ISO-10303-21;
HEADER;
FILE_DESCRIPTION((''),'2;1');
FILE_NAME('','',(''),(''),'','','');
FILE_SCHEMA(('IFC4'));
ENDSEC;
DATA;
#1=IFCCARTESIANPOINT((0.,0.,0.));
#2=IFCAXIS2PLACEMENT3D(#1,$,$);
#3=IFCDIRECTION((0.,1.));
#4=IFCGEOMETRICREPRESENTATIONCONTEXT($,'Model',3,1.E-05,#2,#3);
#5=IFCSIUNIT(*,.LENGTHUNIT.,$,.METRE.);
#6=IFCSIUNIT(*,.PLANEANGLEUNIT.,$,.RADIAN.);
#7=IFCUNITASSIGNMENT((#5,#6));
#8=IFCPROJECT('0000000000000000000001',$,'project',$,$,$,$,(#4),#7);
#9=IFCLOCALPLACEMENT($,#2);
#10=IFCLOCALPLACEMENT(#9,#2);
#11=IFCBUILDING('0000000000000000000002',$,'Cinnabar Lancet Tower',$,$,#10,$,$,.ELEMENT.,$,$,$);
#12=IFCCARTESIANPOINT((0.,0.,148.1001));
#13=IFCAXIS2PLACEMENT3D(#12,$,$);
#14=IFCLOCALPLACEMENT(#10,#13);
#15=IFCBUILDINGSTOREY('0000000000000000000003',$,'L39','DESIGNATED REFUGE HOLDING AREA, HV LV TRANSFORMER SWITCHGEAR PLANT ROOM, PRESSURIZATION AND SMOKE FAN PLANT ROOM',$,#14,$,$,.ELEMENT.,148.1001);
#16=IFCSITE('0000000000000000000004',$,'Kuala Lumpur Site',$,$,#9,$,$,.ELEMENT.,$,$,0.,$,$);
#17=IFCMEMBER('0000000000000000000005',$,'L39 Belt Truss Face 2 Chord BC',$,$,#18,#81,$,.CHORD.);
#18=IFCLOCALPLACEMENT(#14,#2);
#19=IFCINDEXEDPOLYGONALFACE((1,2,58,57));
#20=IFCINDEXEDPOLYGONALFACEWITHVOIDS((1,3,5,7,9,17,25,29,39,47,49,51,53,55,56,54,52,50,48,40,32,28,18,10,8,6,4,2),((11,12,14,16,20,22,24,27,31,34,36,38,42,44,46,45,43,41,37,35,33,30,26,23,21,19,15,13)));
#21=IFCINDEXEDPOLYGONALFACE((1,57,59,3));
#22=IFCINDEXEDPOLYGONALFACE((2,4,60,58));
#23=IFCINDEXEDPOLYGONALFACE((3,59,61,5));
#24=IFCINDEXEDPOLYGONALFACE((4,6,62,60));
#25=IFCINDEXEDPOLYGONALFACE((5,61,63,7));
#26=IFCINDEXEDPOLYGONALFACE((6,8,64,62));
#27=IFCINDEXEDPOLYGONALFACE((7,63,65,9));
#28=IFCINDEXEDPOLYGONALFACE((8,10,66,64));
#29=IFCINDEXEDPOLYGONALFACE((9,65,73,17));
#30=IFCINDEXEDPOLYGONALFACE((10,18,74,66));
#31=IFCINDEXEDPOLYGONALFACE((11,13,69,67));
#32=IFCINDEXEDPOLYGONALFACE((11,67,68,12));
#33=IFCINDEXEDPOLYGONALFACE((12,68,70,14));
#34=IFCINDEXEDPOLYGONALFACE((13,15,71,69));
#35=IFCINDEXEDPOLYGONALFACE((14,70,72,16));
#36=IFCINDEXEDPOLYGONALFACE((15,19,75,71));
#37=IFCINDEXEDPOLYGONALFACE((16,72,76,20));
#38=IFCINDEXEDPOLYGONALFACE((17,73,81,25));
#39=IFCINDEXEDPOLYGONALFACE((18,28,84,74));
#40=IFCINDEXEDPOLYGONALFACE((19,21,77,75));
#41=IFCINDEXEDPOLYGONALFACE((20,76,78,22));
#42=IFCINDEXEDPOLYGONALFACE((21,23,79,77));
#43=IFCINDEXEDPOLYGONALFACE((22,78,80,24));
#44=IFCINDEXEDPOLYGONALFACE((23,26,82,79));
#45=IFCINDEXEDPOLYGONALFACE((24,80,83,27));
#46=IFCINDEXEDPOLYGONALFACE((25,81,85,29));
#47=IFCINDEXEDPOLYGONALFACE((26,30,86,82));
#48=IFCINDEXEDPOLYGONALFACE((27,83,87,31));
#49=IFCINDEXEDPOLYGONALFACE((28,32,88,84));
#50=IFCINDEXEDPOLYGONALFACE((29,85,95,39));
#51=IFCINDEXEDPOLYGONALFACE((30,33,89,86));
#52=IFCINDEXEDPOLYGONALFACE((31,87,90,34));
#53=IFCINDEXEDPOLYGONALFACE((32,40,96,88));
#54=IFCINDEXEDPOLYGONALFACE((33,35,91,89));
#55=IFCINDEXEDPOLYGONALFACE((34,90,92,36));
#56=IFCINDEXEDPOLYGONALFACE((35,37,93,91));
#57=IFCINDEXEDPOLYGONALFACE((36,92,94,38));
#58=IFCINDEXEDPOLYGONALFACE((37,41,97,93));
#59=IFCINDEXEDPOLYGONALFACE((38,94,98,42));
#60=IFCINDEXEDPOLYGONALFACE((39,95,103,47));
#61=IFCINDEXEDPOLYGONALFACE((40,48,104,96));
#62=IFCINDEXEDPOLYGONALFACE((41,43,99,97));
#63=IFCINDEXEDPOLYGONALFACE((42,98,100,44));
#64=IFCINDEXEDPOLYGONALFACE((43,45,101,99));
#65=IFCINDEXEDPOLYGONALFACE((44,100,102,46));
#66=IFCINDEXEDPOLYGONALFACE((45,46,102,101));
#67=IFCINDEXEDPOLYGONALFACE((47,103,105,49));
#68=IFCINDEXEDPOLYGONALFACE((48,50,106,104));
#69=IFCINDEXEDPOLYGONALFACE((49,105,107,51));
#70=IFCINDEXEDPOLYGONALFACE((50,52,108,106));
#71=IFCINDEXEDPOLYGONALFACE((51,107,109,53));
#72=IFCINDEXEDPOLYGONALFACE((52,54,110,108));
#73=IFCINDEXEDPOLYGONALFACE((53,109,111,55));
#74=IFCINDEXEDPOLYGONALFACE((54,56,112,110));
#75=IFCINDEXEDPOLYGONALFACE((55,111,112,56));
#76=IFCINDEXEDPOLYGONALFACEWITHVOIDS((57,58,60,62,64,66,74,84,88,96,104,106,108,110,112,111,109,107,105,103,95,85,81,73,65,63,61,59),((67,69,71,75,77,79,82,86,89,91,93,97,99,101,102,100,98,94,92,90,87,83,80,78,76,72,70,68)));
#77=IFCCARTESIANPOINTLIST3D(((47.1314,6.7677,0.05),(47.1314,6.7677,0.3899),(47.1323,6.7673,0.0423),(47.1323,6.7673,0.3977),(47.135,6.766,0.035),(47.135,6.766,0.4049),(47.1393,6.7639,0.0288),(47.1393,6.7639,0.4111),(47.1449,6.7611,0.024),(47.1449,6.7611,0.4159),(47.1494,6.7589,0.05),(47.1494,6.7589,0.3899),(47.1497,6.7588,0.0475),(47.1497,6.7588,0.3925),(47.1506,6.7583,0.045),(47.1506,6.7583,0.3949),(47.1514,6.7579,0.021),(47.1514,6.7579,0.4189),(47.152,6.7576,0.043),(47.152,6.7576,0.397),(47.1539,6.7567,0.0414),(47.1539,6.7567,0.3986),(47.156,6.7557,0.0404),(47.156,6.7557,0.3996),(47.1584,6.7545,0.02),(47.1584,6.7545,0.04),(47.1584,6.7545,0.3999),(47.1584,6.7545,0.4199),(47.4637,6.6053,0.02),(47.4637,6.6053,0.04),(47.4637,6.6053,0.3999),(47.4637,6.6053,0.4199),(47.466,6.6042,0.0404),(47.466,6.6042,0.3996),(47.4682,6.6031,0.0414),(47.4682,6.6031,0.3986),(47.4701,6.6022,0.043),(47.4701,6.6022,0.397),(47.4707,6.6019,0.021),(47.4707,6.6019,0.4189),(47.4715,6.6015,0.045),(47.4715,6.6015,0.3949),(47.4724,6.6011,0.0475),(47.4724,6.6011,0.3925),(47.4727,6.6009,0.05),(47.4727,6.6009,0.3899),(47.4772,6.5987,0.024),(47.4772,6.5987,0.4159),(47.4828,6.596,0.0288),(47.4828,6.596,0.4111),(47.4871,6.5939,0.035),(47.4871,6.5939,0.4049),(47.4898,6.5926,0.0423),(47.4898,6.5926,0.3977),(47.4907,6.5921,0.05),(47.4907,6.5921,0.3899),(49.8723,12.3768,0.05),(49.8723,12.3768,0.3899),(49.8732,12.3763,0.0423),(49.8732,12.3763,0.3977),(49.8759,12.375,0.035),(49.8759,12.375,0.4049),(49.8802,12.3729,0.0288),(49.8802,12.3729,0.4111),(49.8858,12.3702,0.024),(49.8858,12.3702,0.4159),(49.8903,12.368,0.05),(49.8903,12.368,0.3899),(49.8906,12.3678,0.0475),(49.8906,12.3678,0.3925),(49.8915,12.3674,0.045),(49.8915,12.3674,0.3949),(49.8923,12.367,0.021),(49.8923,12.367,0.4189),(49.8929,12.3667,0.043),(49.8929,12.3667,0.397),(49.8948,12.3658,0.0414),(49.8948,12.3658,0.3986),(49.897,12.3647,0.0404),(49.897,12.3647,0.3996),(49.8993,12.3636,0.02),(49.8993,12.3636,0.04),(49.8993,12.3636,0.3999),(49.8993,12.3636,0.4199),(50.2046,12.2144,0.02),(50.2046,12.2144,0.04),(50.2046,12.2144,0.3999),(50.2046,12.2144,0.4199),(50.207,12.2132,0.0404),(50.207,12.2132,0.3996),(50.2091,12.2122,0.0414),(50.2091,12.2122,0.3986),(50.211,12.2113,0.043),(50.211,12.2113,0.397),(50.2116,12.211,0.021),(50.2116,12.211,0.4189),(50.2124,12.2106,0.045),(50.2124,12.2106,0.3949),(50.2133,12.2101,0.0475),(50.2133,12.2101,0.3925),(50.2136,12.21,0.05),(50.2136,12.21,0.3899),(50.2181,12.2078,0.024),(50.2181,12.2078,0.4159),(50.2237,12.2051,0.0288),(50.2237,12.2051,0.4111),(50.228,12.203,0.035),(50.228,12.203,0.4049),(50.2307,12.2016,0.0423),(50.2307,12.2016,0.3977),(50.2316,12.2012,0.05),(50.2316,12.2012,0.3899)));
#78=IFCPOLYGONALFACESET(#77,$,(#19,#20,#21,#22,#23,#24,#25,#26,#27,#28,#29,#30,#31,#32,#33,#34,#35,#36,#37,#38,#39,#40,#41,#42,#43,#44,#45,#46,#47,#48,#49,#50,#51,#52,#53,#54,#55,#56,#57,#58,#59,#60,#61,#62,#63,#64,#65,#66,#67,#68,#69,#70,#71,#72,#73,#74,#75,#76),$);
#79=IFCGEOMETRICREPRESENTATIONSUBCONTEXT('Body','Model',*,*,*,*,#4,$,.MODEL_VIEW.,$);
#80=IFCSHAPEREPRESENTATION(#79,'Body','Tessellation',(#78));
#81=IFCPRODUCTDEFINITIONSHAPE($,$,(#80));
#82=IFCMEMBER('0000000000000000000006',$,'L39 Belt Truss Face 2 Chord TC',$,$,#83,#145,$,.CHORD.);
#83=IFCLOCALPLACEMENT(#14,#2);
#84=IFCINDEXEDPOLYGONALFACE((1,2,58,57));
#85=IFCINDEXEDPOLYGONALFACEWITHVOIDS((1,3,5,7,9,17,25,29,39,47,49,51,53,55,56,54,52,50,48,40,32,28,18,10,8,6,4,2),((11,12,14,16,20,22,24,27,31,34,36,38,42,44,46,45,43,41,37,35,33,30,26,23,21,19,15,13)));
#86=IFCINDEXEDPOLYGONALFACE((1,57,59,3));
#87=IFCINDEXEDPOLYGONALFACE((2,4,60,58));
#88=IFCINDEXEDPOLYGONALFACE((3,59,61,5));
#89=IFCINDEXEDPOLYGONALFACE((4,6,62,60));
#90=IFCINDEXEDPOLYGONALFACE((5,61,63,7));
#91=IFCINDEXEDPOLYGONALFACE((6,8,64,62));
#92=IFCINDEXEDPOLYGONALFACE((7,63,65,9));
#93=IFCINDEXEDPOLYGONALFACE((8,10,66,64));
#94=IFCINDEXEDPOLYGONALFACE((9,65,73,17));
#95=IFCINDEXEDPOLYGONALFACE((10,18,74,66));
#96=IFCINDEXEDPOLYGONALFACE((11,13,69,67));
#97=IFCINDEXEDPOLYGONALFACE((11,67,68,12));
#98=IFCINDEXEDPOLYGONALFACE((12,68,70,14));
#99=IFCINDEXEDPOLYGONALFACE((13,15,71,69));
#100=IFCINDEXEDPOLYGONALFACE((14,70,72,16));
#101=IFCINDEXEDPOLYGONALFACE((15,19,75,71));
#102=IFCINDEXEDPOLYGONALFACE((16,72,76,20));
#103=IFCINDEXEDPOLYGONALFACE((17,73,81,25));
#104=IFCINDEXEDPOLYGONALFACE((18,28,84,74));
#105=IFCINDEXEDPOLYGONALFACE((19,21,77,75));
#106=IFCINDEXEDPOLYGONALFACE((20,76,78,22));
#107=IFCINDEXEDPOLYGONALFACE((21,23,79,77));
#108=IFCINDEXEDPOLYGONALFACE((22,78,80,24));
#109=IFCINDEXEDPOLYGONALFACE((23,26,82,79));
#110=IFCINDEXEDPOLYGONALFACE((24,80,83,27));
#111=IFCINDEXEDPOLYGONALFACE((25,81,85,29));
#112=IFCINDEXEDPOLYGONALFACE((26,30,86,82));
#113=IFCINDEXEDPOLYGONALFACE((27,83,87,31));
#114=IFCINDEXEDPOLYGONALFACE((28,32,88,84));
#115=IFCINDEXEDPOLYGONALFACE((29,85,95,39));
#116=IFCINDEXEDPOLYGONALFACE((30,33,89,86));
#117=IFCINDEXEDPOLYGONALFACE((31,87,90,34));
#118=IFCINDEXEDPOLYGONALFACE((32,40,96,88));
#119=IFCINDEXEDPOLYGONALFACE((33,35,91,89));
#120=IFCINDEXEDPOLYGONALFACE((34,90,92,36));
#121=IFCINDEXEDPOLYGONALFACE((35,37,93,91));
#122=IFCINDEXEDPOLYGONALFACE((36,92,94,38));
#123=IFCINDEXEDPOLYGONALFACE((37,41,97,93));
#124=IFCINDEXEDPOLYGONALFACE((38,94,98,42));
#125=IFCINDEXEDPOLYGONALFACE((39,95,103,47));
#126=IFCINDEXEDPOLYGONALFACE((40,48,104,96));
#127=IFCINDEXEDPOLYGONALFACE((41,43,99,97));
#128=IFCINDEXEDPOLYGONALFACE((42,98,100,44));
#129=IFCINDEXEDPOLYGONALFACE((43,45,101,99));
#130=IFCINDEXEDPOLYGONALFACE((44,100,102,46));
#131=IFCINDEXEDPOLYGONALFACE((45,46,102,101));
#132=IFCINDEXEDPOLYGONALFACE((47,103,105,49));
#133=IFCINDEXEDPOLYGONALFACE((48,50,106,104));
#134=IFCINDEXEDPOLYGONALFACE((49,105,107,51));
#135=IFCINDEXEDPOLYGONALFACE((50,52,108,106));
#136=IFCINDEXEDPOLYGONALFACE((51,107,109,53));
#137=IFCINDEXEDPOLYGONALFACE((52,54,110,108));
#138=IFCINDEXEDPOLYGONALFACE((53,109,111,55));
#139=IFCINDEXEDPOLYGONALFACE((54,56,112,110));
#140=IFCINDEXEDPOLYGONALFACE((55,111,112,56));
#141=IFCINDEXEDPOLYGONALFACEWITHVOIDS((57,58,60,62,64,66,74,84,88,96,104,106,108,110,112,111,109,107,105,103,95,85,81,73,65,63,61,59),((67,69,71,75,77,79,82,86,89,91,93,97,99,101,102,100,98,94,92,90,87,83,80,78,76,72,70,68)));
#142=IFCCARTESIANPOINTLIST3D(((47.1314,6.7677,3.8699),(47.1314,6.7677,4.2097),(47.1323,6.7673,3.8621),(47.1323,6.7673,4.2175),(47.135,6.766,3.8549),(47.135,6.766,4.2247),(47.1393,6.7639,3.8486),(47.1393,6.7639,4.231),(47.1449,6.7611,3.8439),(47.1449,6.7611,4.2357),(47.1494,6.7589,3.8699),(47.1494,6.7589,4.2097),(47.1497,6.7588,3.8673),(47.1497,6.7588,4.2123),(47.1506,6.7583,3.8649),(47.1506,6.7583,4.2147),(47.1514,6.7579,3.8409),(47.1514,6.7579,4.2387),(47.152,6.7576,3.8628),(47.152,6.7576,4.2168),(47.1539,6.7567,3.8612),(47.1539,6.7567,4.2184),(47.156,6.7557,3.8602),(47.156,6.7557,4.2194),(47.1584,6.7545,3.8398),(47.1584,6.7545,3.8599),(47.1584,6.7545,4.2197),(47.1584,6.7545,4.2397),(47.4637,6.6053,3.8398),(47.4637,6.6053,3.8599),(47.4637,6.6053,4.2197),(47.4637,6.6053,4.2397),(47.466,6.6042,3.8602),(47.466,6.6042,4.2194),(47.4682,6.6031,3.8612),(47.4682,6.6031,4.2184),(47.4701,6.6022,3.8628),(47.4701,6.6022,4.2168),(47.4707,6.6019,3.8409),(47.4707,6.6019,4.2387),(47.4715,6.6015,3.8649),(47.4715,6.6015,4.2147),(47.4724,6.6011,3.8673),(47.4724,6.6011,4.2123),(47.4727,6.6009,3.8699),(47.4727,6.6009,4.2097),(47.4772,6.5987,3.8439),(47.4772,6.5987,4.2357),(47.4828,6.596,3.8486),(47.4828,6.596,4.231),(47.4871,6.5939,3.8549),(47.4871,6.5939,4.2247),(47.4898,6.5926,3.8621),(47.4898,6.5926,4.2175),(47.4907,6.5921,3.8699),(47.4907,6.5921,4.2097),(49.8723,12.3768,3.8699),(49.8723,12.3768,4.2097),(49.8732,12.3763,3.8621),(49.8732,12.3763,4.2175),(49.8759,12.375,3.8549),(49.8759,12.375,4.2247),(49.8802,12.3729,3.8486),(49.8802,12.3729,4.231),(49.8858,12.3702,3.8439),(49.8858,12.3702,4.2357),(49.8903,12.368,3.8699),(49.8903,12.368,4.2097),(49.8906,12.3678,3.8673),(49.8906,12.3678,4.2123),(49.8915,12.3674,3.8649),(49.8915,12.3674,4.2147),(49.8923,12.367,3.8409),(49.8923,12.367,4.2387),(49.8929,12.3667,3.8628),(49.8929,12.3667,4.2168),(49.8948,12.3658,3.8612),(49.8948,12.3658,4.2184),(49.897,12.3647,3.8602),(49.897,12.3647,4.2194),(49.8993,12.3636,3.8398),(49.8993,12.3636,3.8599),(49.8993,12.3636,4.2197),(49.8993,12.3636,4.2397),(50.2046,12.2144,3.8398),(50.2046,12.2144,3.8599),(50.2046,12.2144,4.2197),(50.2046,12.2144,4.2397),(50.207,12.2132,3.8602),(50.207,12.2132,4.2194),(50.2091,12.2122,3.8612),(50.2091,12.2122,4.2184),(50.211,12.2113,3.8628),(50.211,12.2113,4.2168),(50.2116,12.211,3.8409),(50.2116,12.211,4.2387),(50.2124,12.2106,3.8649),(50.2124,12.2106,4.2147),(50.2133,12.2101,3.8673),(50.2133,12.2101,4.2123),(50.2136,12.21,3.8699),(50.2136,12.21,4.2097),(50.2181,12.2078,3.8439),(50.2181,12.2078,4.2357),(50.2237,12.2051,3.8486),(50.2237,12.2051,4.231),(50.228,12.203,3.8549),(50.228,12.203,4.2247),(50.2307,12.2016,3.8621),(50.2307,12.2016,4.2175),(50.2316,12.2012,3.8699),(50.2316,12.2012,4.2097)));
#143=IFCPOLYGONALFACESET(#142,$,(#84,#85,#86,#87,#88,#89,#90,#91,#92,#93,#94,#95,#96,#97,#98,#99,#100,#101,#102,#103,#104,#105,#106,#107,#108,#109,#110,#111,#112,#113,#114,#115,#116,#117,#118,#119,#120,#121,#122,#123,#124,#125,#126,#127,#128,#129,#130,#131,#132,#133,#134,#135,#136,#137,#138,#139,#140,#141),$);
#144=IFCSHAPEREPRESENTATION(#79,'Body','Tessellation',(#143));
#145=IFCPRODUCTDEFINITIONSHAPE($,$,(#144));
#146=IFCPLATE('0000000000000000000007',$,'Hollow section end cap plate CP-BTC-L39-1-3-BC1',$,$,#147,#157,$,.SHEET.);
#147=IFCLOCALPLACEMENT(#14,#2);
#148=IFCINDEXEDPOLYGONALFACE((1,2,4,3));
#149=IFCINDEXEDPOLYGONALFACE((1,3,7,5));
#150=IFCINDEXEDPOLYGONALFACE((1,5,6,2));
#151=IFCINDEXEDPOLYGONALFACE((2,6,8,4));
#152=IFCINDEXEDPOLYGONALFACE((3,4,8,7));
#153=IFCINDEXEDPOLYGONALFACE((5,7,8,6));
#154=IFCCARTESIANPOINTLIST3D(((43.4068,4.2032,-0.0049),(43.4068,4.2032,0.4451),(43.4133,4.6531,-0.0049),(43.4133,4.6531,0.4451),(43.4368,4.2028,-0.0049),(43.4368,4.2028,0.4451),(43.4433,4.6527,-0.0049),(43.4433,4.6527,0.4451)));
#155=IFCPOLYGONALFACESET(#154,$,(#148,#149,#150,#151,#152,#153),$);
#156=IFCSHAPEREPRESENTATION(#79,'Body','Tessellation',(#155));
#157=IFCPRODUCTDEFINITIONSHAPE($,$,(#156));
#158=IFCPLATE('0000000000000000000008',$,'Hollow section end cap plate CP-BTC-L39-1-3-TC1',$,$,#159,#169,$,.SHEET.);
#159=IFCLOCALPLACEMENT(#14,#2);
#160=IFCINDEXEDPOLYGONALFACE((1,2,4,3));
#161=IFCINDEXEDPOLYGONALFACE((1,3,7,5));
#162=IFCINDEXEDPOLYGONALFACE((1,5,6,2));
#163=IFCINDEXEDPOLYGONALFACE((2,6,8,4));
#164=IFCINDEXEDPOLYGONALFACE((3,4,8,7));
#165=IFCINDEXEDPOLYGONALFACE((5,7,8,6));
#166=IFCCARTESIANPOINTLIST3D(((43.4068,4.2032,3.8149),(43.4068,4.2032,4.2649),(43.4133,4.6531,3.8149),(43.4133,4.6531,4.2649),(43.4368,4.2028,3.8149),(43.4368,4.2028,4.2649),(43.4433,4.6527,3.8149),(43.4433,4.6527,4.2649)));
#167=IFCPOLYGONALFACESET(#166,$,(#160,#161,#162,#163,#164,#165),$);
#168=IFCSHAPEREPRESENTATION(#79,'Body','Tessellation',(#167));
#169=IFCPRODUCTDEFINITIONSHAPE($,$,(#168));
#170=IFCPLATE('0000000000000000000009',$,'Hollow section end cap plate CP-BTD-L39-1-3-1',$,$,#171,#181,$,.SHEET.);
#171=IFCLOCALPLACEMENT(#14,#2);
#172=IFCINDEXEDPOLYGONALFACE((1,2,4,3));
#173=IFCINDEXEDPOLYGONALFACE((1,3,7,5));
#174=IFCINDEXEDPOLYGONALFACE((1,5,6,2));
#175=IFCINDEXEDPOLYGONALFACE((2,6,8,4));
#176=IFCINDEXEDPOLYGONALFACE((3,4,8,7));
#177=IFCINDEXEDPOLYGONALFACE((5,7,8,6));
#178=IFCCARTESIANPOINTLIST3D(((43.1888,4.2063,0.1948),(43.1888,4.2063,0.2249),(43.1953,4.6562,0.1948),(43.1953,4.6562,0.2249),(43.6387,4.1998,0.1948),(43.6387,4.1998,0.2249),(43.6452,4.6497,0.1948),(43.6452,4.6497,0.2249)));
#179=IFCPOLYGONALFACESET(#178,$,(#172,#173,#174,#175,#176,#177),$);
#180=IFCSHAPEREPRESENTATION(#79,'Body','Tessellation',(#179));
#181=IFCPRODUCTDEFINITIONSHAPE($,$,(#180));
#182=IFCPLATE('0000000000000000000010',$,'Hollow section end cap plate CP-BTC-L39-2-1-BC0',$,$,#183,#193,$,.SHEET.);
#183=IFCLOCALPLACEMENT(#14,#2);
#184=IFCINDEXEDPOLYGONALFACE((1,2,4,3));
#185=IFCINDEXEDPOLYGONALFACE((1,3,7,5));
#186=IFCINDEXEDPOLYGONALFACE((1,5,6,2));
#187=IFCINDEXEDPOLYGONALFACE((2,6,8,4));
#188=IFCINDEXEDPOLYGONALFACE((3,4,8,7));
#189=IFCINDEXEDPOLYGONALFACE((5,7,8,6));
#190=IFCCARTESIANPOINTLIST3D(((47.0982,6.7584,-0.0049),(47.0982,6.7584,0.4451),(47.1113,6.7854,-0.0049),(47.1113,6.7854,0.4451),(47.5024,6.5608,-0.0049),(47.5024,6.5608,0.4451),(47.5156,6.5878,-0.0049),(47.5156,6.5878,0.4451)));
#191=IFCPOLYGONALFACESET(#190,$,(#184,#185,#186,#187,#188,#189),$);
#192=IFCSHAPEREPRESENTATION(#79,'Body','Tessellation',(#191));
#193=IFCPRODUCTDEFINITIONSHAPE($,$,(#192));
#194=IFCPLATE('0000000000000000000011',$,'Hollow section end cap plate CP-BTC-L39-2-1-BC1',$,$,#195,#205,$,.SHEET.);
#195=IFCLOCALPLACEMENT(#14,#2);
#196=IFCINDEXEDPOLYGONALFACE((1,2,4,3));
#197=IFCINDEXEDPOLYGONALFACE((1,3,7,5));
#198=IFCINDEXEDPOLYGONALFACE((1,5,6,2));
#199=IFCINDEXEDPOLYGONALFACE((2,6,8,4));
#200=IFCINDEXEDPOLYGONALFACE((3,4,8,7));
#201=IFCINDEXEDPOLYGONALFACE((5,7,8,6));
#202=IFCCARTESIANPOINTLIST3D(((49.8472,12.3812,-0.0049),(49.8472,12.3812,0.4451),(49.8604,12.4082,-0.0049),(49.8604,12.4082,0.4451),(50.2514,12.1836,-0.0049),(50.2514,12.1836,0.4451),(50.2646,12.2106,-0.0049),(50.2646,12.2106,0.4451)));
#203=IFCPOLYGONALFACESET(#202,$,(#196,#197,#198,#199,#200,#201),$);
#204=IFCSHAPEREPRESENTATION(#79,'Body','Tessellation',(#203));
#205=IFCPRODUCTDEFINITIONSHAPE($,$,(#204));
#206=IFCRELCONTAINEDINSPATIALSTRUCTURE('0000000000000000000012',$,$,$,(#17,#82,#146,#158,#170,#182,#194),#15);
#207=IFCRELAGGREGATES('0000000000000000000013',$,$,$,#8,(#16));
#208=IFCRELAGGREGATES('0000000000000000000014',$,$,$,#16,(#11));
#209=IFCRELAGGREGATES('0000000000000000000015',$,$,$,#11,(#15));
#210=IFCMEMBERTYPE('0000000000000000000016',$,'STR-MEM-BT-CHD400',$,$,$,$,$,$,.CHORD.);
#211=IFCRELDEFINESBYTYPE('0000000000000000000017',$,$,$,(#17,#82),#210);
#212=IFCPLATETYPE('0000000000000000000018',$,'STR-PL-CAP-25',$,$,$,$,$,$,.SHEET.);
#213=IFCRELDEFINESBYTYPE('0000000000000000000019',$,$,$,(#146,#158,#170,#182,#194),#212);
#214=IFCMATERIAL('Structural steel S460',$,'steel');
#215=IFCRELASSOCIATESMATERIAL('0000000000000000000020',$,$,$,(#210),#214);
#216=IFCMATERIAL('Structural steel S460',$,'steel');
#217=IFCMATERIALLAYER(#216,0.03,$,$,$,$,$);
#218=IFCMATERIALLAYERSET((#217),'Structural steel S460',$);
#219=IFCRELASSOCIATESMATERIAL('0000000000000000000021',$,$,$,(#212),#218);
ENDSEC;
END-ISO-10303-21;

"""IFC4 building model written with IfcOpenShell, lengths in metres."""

from ifc_helpers import new_model, si_unit, direction, frame, origin, origin_2d, place, context, subcontext, project, spatial, rectangle, hollow_rectangle, extrude, material, layer, layer_set, material_profile, profile_set, type_object, element, save


model = new_model("IFC4")

# Units and contexts
model_context = context("Model", 3, precision=1e-05, world=origin(), true_north=direction((0.0, 1.0)))
body_context = subcontext(model_context, "Body", "Model", "MODEL_VIEW")
ifc_project = project(units=[si_unit("LENGTHUNIT", "METRE"), si_unit("PLANEANGLEUNIT", "RADIAN")], contexts=[model_context])

# Site, building, storey
site_placement = place(None, origin())
site = spatial("IfcSite", under=ifc_project, at=site_placement, Name="Kuala Lumpur Site", CompositionType="ELEMENT", RefElevation=0.0)
building_placement = place(site_placement, origin())
building = spatial("IfcBuilding", under=site, at=building_placement, Name="Cinnabar Lancet Tower", CompositionType="ELEMENT")
storey_placement = place(building_placement, frame((0.0, 0.0, 148.1001)))
storey = spatial("IfcBuildingStorey", under=building, at=storey_placement, Name="L39", Description="DESIGNATED REFUGE HOLDING AREA, HV LV TRANSFORMER SWITCHGEAR PLANT ROOM, PRESSURIZATION AND SMOKE FAN PLANT ROOM", CompositionType="ELEMENT", Elevation=148.1001)

# Members
ifc_material_1 = material(Name="Structural steel S460", Category="steel")
ifc_material_profile_1 = material_profile(ifc_material_1, hollow_rectangle(XDim=0.3999, YDim=0.3999, WallThickness=0.02, InnerFilletRadius=0.01, OuterFilletRadius=0.03, at=origin_2d()), Name="SHS 400x400x20")
ifc_profile_set_1 = profile_set([ifc_material_profile_1], Name="Structural steel S460")
member_type_1 = type_object("IfcMemberType", Name="STR-MEM-BT-CHD400", PredefinedType="CHORD", material=ifc_profile_set_1)
for number, where, z_axis, x_axis, name in (
    (1, (47.311, 6.6799, 0.22), (0.439045, 0.898465, 0.0), (-0.898465, 0.439045, 0.0), "L39 Belt Truss Face 2 Chord BC"),
    (2, (47.311, 6.6799, 4.0398), (0.439045, 0.898465, 0.0), (-0.898465, 0.439045, 0.0), "L39 Belt Truss Face 2 Chord TC"),
):
    element("IfcMember", number, at=place(storey_placement, frame(where, z_axis=z_axis, x_axis=x_axis)), inside=storey, type_object=member_type_1, Name=name, PredefinedType="CHORD", context=body_context, shape_type="SweptSolid", body=[
        extrude(hollow_rectangle(XDim=0.3999, YDim=0.3999, WallThickness=0.02, InnerFilletRadius=0.01, OuterFilletRadius=0.03, at=origin_2d()), origin(), (0.0, 0.0, 1.0), 6.2429),
    ])

# Plates
ifc_material_2 = material(Name="Structural steel S460", Category="steel")
ifc_layer_1 = layer(ifc_material_2, 0.03)
ifc_layer_set_1 = layer_set([ifc_layer_1], Name="Structural steel S460")
plate_type = type_object("IfcPlateType", Name="STR-PL-CAP-25", PredefinedType="SHEET", material=ifc_layer_set_1)
for number, where, z_axis, x_axis, name in (
    (3, (43.425, 4.428, -0.0049), (0.0, 0.0, 1.0), (0.999894, -0.014556, 0.0), "Hollow section end cap plate CP-BTC-L39-1-3-BC1"),
    (4, (43.425, 4.428, 3.8149), (0.0, 0.0, 1.0), (0.999894, -0.014556, 0.0), "Hollow section end cap plate CP-BTC-L39-1-3-TC1"),
):
    element("IfcPlate", number, at=place(storey_placement, frame(where, z_axis=z_axis, x_axis=x_axis)), inside=storey, type_object=plate_type, Name=name, PredefinedType="SHEET", context=body_context, shape_type="SweptSolid", body=[
        extrude(rectangle(XDim=0.03, YDim=0.45, at=origin_2d()), origin(), (0.0, 0.0, 1.0), 0.45),
    ])
plate_placement = place(storey_placement, frame((43.417, 4.428, 0.1948), z_axis=(0.0, 0.0, 1.0), x_axis=(0.999894, -0.014556, 0.0)))
element("IfcPlate", 5, at=plate_placement, inside=storey, type_object=plate_type, Name="Hollow section end cap plate CP-BTD-L39-1-3-1", PredefinedType="SHEET", context=body_context, shape_type="SweptSolid", body=[
    extrude(rectangle(XDim=0.45, YDim=0.45, at=origin_2d()), origin(), (0.0, 0.0, 1.0), 0.03),
])
for number, where, z_axis, x_axis, name in (
    (6, (47.3069, 6.6731, -0.0049), (0.0, 0.0, 1.0), (-0.439061, -0.898457, 0.0), "Hollow section end cap plate CP-BTC-L39-2-1-BC0"),
    (7, (50.0559, 12.2959, -0.0049), (0.0, 0.0, 1.0), (0.439061, 0.898457, 0.0), "Hollow section end cap plate CP-BTC-L39-2-1-BC1"),
):
    element("IfcPlate", number, at=place(storey_placement, frame(where, z_axis=z_axis, x_axis=x_axis)), inside=storey, type_object=plate_type, Name=name, PredefinedType="SHEET", context=body_context, shape_type="SweptSolid", body=[
        extrude(rectangle(XDim=0.03, YDim=0.45, at=origin_2d()), origin(), (0.0, 0.0, 1.0), 0.45),
    ])

save(model, "model.ifc")
